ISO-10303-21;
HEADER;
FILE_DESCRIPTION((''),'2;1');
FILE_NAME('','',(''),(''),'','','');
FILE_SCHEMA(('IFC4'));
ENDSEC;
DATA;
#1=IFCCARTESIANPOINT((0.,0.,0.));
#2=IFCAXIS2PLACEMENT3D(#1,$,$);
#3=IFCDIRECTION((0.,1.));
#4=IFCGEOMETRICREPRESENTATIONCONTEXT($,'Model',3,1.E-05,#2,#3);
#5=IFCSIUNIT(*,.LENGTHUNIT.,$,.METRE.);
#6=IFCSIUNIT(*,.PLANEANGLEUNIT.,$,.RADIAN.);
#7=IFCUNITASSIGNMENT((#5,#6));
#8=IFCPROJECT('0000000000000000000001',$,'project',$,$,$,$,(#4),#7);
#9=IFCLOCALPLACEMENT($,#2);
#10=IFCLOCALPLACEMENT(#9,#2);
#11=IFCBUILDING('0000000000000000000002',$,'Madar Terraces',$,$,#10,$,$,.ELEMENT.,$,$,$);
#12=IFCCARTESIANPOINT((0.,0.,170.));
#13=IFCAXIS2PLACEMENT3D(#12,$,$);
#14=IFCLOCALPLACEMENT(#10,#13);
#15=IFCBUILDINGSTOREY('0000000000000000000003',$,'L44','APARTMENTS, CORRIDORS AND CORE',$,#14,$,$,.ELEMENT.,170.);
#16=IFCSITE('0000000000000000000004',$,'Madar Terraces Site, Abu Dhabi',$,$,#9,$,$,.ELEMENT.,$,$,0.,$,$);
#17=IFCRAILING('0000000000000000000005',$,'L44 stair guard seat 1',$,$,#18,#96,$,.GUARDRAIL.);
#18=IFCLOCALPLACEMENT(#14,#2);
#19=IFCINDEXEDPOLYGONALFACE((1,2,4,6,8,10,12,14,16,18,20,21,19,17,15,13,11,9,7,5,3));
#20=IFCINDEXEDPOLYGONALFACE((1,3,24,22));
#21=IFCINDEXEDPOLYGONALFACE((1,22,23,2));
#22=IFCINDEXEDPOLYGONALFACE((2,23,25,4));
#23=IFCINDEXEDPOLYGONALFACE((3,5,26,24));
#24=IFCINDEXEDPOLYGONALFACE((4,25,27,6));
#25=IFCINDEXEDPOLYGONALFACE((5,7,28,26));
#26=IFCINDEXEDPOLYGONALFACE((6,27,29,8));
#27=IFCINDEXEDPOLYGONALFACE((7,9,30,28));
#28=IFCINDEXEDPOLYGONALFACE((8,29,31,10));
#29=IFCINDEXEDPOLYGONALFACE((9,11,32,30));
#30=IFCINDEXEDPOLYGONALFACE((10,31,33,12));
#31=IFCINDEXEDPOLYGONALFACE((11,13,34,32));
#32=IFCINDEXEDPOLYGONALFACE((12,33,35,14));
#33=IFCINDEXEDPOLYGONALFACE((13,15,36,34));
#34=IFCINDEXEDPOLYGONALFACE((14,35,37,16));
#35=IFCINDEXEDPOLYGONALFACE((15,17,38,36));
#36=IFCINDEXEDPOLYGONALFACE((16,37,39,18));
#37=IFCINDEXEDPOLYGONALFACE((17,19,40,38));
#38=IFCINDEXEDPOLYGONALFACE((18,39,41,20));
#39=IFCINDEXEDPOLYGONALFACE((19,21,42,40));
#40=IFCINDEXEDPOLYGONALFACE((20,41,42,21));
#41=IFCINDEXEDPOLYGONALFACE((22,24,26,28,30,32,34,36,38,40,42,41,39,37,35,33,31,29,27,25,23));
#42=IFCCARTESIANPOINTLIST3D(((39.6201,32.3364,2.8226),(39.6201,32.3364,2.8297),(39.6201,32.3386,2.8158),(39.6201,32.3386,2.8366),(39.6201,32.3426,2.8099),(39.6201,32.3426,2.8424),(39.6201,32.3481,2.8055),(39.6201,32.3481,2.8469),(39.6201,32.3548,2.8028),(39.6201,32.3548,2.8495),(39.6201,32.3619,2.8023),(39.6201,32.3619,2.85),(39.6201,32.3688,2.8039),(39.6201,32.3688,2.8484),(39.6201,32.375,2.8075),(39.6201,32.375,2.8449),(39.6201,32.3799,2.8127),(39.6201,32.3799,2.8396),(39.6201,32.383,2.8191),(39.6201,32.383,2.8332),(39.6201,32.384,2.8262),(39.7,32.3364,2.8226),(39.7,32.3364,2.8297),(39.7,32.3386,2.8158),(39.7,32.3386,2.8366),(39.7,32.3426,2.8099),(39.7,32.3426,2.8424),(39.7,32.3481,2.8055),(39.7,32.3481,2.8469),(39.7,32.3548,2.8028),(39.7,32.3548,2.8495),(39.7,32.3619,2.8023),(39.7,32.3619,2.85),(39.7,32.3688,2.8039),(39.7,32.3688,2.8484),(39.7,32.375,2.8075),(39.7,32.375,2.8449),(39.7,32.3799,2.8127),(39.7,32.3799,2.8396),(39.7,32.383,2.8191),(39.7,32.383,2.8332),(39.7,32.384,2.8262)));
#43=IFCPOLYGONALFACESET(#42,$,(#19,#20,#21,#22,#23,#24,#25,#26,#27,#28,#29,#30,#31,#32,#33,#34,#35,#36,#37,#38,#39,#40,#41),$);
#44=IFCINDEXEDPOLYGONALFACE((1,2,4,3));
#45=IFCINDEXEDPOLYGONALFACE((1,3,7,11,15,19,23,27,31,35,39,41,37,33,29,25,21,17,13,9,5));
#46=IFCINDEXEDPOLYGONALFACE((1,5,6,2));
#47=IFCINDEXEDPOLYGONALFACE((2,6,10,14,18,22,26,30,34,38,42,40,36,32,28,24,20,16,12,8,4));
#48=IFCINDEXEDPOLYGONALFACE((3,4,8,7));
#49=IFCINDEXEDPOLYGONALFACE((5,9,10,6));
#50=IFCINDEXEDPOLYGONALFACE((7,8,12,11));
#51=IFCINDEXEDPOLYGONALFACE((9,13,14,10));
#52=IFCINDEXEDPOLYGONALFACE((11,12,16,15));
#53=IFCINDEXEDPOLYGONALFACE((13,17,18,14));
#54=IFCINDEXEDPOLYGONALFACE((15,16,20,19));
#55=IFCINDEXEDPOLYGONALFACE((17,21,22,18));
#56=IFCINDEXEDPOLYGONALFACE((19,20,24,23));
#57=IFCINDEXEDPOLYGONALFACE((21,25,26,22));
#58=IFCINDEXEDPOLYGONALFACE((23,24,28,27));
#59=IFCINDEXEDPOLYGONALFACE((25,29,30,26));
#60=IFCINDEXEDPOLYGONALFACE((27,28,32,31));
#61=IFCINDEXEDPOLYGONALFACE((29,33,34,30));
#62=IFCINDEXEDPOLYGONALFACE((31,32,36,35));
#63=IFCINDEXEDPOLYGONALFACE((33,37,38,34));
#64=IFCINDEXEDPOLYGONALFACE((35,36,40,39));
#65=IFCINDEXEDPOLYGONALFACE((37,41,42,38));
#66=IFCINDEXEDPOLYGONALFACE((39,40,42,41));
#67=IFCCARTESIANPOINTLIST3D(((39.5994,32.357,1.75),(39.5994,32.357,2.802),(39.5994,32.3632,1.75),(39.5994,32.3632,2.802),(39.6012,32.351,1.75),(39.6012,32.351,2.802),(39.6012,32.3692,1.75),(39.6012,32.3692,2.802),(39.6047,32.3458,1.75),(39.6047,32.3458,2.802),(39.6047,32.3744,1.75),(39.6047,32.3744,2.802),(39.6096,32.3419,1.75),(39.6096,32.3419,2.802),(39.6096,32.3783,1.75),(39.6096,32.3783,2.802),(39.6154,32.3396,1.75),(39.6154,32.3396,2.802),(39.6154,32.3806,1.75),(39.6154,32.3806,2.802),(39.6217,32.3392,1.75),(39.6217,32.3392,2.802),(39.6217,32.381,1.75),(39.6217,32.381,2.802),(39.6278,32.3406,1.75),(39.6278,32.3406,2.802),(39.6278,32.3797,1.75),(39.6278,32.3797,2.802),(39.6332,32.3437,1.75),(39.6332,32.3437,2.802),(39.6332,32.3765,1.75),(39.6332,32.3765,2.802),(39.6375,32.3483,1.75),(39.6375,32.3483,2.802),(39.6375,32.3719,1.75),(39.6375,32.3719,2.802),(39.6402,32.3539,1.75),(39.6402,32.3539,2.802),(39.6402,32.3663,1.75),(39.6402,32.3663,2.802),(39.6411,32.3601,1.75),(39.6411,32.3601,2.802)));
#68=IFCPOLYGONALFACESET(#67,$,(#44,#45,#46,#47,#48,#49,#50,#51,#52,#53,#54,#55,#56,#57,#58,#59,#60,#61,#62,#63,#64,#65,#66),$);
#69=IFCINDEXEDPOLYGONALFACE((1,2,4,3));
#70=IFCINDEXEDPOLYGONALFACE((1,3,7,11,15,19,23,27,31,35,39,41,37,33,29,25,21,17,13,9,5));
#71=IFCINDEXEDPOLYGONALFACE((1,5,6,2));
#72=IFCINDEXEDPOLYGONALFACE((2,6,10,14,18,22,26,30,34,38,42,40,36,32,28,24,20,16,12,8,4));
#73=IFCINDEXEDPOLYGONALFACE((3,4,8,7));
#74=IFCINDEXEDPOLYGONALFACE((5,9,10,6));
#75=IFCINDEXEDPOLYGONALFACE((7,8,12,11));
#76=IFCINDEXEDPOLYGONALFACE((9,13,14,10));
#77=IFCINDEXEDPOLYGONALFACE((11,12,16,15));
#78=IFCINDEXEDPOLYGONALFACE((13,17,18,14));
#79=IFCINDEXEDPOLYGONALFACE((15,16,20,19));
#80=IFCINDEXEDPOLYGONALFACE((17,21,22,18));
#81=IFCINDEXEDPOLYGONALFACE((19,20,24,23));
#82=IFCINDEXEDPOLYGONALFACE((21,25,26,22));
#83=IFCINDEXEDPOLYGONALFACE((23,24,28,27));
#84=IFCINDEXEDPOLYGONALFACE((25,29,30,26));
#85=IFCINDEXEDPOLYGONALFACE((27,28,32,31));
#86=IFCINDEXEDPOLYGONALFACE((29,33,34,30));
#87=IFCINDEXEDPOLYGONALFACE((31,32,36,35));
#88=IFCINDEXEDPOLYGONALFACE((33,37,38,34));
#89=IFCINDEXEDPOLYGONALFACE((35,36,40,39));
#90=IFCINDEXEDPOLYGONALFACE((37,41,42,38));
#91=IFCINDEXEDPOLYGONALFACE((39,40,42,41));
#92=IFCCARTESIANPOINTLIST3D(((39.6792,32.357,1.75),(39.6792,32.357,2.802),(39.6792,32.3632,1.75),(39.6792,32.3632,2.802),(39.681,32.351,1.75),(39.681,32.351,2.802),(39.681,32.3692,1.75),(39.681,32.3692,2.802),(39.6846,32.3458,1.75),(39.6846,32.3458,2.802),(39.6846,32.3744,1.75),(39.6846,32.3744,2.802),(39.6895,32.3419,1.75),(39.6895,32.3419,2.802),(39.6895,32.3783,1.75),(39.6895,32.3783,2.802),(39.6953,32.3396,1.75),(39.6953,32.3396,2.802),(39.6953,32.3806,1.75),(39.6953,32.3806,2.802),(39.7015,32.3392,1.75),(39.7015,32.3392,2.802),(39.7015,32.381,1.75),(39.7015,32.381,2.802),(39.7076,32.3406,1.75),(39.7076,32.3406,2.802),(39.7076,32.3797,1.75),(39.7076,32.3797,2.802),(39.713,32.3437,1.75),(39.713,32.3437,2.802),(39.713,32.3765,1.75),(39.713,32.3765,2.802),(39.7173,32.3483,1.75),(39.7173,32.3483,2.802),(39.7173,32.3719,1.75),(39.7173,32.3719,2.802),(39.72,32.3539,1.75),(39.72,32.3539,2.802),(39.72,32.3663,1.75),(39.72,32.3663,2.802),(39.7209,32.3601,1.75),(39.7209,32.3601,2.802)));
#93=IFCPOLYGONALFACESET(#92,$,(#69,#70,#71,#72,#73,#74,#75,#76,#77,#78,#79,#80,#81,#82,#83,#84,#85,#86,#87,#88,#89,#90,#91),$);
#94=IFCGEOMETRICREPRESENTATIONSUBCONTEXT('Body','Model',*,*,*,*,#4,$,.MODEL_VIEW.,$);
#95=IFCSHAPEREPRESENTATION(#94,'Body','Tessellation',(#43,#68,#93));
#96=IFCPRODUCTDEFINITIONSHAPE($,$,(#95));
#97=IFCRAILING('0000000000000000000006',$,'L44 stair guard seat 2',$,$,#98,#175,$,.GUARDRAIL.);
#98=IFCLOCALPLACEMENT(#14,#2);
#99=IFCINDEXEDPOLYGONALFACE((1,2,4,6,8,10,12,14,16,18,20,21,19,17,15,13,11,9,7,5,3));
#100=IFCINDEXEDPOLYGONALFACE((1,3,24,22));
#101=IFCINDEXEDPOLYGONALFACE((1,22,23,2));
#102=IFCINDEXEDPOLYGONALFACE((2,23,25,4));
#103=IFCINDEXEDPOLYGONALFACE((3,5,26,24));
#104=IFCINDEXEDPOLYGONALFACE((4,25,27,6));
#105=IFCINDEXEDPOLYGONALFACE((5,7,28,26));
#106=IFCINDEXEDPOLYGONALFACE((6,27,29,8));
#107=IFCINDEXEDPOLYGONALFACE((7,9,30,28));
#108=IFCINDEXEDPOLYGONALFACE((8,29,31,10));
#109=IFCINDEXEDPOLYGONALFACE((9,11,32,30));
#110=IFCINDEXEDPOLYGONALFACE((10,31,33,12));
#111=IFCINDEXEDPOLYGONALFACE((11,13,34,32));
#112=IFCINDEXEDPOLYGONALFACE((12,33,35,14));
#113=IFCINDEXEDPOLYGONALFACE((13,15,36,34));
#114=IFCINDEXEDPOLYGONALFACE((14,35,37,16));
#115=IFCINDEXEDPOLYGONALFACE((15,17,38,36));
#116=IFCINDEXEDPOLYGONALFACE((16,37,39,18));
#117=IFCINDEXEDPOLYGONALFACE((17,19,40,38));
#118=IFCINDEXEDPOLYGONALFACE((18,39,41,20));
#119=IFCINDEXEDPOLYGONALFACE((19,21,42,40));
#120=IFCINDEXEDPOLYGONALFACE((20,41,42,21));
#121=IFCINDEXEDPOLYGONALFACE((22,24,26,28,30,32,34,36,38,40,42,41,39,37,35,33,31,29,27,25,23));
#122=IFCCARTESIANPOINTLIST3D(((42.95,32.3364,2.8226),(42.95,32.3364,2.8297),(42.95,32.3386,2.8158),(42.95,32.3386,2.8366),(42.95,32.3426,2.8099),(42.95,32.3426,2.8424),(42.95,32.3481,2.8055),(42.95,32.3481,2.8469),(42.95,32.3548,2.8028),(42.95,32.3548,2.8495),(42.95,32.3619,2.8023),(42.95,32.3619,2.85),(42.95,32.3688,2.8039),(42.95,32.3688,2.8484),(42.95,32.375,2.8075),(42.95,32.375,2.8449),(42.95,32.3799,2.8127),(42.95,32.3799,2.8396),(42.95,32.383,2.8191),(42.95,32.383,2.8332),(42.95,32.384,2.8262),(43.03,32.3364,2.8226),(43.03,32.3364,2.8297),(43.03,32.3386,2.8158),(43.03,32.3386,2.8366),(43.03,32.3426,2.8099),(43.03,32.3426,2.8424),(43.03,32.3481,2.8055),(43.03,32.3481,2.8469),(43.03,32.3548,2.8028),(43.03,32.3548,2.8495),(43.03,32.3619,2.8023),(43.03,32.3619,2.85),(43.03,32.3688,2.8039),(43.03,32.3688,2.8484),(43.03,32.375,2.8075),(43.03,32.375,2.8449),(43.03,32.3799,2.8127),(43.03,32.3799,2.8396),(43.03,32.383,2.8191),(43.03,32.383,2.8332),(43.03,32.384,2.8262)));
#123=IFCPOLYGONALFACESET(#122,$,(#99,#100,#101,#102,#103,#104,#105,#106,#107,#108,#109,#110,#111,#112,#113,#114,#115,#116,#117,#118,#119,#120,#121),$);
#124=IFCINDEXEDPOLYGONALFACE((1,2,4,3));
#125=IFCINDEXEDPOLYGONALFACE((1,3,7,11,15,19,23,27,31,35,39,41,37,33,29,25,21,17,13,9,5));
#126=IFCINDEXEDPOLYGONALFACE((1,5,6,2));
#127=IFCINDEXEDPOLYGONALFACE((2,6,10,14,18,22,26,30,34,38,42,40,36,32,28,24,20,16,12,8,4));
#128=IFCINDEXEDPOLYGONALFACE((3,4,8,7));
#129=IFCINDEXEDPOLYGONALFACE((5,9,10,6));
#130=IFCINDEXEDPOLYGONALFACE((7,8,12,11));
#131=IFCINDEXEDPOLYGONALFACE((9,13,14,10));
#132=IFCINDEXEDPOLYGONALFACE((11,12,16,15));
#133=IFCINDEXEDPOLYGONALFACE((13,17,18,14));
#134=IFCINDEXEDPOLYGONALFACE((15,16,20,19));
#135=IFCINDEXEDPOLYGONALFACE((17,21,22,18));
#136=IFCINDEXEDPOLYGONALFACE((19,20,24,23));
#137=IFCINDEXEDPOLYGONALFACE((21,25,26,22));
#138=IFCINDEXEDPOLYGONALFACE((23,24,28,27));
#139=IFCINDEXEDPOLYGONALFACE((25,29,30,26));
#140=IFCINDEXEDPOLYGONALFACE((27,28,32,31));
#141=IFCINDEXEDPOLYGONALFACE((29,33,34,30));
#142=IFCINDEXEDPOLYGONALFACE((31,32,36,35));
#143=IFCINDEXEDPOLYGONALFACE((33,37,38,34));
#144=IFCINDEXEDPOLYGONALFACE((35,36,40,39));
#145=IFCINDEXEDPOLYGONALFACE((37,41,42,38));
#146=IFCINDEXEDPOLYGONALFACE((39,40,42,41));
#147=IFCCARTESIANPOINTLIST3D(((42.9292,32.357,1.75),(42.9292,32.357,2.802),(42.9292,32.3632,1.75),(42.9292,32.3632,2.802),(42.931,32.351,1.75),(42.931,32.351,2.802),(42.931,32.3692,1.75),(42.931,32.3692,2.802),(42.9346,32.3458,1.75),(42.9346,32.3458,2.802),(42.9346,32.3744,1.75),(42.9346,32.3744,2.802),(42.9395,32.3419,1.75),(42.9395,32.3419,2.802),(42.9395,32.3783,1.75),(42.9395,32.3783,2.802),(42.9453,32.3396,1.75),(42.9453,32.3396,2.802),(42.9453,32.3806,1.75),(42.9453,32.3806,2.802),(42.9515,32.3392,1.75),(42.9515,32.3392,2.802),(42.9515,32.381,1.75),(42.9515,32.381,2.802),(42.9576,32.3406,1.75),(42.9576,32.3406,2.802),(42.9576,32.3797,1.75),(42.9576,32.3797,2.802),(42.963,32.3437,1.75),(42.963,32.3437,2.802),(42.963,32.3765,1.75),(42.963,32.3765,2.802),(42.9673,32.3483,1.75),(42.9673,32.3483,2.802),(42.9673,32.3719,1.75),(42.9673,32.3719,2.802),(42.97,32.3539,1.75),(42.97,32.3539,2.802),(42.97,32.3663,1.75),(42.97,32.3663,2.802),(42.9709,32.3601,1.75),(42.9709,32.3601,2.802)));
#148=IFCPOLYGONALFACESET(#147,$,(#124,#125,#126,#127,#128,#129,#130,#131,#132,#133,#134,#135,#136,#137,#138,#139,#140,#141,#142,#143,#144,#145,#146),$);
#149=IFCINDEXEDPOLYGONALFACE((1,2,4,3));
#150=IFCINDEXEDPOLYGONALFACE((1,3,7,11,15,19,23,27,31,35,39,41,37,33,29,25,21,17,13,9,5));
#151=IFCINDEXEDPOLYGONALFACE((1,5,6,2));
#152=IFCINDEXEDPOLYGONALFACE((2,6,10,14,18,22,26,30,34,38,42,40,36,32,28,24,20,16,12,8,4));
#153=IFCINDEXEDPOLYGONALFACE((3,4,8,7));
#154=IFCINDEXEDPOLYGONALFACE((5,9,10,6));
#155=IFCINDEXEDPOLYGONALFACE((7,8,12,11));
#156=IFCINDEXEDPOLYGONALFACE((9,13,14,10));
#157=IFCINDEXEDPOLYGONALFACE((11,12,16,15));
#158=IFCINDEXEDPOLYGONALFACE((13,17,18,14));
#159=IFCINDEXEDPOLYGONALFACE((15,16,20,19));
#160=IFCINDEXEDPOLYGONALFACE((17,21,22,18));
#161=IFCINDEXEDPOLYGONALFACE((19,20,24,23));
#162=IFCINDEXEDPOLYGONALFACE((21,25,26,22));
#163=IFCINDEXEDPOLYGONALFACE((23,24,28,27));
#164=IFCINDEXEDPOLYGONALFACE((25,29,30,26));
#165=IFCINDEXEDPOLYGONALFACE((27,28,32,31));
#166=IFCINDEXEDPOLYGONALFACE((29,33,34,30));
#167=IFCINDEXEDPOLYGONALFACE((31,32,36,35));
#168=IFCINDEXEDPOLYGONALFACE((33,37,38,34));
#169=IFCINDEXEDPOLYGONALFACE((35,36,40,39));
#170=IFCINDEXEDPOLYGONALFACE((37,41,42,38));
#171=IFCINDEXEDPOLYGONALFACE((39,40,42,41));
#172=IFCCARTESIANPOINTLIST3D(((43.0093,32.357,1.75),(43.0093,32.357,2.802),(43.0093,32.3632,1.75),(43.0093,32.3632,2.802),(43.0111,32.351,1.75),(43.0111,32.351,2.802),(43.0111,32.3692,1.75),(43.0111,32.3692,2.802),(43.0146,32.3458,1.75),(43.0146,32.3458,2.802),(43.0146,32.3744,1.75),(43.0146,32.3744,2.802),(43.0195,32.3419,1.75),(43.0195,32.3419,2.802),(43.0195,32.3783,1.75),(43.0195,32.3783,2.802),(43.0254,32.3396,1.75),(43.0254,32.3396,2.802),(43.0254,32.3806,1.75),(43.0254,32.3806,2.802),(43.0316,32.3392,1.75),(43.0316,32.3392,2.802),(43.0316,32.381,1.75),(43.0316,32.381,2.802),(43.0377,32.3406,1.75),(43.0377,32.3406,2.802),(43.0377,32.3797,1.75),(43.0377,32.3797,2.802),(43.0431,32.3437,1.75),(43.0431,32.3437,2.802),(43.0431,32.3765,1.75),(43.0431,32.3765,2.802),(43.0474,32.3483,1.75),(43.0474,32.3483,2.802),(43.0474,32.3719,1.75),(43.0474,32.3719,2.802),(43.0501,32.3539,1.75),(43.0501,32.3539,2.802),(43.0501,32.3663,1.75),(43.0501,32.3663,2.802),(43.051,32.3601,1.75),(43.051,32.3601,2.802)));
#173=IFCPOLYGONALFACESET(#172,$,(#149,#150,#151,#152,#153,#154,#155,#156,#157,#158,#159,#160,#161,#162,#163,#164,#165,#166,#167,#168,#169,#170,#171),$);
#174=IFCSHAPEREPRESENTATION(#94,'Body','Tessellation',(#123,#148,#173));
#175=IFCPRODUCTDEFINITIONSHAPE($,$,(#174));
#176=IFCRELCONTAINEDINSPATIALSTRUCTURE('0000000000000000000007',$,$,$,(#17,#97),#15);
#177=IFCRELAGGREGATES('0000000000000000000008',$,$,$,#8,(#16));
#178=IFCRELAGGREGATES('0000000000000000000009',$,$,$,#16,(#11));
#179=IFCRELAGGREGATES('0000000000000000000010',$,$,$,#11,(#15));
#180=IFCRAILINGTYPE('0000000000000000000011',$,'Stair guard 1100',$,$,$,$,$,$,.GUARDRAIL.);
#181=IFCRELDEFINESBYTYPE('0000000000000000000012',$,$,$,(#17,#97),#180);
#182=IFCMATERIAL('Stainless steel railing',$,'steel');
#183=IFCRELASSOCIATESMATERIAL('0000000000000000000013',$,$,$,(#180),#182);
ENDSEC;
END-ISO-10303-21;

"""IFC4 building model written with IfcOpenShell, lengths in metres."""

from ifc_helpers import new_model, si_unit, direction, frame, origin, origin_2d, place, context, subcontext, project, spatial, circle, extrude, material, type_object, element, save


model = new_model("IFC4")

# Units and contexts
model_context = context("Model", 3, precision=1e-05, world=origin(), true_north=direction((0.0, 1.0)))
body_context = subcontext(model_context, "Body", "Model", "MODEL_VIEW")
ifc_project = project(units=[si_unit("LENGTHUNIT", "METRE"), si_unit("PLANEANGLEUNIT", "RADIAN")], contexts=[model_context])

# Site, building, storey
site_placement = place(None, origin())
site = spatial("IfcSite", under=ifc_project, at=site_placement, Name="Madar Terraces Site, Abu Dhabi", CompositionType="ELEMENT", RefElevation=0.0)
building_placement = place(site_placement, origin())
building = spatial("IfcBuilding", under=site, at=building_placement, Name="Madar Terraces", CompositionType="ELEMENT")
storey_placement = place(building_placement, frame((0.0, 0.0, 170.0)))
storey = spatial("IfcBuildingStorey", under=building, at=storey_placement, Name="L44", Description="APARTMENTS, CORRIDORS AND CORE", CompositionType="ELEMENT", Elevation=170.0)

# Railings
ifc_material_1 = material(Name="Stainless steel railing", Category="steel")
railing_type_1 = type_object("IfcRailingType", Name="Stair guard 1100", PredefinedType="GUARDRAIL", material=ifc_material_1)
railing_1_placement = place(storey_placement, frame((39.6201, 32.3601, 1.75)))
element("IfcRailing", 1, at=railing_1_placement, inside=storey, type_object=railing_type_1, Name="L44 stair guard seat 1", PredefinedType="GUARDRAIL", context=body_context, shape_type="SweptSolid", body=[
    extrude(circle(Radius=0.0239, at=origin_2d()), frame((0.0, 0.0, 1.0762), z_axis=(1.0, 0.0, 0.0), x_axis=(0.0, 1.0, 0.0)), (0.0, 0.0, 1.0), 0.0798),
    extrude(circle(Radius=0.021, at=origin_2d()), origin(), (0.0, 0.0, 1.0), 1.052),
    extrude(circle(Radius=0.021, at=origin_2d()), frame((0.0798, 0.0, 0.0)), (0.0, 0.0, 1.0), 1.052),
])
railing_2_placement = place(storey_placement, frame((42.95, 32.3601, 1.75)))
element("IfcRailing", 2, at=railing_2_placement, inside=storey, type_object=railing_type_1, Name="L44 stair guard seat 2", PredefinedType="GUARDRAIL", context=body_context, shape_type="SweptSolid", body=[
    extrude(circle(Radius=0.0239, at=origin_2d()), frame((0.0, 0.0, 1.0762), z_axis=(1.0, 0.0, 0.0), x_axis=(0.0, 1.0, 0.0)), (0.0, 0.0, 1.0), 0.0801),
    extrude(circle(Radius=0.021, at=origin_2d()), origin(), (0.0, 0.0, 1.0), 1.052),
    extrude(circle(Radius=0.021, at=origin_2d()), frame((0.0801, 0.0, 0.0)), (0.0, 0.0, 1.0), 1.052),
])

save(model, "model.ifc")
